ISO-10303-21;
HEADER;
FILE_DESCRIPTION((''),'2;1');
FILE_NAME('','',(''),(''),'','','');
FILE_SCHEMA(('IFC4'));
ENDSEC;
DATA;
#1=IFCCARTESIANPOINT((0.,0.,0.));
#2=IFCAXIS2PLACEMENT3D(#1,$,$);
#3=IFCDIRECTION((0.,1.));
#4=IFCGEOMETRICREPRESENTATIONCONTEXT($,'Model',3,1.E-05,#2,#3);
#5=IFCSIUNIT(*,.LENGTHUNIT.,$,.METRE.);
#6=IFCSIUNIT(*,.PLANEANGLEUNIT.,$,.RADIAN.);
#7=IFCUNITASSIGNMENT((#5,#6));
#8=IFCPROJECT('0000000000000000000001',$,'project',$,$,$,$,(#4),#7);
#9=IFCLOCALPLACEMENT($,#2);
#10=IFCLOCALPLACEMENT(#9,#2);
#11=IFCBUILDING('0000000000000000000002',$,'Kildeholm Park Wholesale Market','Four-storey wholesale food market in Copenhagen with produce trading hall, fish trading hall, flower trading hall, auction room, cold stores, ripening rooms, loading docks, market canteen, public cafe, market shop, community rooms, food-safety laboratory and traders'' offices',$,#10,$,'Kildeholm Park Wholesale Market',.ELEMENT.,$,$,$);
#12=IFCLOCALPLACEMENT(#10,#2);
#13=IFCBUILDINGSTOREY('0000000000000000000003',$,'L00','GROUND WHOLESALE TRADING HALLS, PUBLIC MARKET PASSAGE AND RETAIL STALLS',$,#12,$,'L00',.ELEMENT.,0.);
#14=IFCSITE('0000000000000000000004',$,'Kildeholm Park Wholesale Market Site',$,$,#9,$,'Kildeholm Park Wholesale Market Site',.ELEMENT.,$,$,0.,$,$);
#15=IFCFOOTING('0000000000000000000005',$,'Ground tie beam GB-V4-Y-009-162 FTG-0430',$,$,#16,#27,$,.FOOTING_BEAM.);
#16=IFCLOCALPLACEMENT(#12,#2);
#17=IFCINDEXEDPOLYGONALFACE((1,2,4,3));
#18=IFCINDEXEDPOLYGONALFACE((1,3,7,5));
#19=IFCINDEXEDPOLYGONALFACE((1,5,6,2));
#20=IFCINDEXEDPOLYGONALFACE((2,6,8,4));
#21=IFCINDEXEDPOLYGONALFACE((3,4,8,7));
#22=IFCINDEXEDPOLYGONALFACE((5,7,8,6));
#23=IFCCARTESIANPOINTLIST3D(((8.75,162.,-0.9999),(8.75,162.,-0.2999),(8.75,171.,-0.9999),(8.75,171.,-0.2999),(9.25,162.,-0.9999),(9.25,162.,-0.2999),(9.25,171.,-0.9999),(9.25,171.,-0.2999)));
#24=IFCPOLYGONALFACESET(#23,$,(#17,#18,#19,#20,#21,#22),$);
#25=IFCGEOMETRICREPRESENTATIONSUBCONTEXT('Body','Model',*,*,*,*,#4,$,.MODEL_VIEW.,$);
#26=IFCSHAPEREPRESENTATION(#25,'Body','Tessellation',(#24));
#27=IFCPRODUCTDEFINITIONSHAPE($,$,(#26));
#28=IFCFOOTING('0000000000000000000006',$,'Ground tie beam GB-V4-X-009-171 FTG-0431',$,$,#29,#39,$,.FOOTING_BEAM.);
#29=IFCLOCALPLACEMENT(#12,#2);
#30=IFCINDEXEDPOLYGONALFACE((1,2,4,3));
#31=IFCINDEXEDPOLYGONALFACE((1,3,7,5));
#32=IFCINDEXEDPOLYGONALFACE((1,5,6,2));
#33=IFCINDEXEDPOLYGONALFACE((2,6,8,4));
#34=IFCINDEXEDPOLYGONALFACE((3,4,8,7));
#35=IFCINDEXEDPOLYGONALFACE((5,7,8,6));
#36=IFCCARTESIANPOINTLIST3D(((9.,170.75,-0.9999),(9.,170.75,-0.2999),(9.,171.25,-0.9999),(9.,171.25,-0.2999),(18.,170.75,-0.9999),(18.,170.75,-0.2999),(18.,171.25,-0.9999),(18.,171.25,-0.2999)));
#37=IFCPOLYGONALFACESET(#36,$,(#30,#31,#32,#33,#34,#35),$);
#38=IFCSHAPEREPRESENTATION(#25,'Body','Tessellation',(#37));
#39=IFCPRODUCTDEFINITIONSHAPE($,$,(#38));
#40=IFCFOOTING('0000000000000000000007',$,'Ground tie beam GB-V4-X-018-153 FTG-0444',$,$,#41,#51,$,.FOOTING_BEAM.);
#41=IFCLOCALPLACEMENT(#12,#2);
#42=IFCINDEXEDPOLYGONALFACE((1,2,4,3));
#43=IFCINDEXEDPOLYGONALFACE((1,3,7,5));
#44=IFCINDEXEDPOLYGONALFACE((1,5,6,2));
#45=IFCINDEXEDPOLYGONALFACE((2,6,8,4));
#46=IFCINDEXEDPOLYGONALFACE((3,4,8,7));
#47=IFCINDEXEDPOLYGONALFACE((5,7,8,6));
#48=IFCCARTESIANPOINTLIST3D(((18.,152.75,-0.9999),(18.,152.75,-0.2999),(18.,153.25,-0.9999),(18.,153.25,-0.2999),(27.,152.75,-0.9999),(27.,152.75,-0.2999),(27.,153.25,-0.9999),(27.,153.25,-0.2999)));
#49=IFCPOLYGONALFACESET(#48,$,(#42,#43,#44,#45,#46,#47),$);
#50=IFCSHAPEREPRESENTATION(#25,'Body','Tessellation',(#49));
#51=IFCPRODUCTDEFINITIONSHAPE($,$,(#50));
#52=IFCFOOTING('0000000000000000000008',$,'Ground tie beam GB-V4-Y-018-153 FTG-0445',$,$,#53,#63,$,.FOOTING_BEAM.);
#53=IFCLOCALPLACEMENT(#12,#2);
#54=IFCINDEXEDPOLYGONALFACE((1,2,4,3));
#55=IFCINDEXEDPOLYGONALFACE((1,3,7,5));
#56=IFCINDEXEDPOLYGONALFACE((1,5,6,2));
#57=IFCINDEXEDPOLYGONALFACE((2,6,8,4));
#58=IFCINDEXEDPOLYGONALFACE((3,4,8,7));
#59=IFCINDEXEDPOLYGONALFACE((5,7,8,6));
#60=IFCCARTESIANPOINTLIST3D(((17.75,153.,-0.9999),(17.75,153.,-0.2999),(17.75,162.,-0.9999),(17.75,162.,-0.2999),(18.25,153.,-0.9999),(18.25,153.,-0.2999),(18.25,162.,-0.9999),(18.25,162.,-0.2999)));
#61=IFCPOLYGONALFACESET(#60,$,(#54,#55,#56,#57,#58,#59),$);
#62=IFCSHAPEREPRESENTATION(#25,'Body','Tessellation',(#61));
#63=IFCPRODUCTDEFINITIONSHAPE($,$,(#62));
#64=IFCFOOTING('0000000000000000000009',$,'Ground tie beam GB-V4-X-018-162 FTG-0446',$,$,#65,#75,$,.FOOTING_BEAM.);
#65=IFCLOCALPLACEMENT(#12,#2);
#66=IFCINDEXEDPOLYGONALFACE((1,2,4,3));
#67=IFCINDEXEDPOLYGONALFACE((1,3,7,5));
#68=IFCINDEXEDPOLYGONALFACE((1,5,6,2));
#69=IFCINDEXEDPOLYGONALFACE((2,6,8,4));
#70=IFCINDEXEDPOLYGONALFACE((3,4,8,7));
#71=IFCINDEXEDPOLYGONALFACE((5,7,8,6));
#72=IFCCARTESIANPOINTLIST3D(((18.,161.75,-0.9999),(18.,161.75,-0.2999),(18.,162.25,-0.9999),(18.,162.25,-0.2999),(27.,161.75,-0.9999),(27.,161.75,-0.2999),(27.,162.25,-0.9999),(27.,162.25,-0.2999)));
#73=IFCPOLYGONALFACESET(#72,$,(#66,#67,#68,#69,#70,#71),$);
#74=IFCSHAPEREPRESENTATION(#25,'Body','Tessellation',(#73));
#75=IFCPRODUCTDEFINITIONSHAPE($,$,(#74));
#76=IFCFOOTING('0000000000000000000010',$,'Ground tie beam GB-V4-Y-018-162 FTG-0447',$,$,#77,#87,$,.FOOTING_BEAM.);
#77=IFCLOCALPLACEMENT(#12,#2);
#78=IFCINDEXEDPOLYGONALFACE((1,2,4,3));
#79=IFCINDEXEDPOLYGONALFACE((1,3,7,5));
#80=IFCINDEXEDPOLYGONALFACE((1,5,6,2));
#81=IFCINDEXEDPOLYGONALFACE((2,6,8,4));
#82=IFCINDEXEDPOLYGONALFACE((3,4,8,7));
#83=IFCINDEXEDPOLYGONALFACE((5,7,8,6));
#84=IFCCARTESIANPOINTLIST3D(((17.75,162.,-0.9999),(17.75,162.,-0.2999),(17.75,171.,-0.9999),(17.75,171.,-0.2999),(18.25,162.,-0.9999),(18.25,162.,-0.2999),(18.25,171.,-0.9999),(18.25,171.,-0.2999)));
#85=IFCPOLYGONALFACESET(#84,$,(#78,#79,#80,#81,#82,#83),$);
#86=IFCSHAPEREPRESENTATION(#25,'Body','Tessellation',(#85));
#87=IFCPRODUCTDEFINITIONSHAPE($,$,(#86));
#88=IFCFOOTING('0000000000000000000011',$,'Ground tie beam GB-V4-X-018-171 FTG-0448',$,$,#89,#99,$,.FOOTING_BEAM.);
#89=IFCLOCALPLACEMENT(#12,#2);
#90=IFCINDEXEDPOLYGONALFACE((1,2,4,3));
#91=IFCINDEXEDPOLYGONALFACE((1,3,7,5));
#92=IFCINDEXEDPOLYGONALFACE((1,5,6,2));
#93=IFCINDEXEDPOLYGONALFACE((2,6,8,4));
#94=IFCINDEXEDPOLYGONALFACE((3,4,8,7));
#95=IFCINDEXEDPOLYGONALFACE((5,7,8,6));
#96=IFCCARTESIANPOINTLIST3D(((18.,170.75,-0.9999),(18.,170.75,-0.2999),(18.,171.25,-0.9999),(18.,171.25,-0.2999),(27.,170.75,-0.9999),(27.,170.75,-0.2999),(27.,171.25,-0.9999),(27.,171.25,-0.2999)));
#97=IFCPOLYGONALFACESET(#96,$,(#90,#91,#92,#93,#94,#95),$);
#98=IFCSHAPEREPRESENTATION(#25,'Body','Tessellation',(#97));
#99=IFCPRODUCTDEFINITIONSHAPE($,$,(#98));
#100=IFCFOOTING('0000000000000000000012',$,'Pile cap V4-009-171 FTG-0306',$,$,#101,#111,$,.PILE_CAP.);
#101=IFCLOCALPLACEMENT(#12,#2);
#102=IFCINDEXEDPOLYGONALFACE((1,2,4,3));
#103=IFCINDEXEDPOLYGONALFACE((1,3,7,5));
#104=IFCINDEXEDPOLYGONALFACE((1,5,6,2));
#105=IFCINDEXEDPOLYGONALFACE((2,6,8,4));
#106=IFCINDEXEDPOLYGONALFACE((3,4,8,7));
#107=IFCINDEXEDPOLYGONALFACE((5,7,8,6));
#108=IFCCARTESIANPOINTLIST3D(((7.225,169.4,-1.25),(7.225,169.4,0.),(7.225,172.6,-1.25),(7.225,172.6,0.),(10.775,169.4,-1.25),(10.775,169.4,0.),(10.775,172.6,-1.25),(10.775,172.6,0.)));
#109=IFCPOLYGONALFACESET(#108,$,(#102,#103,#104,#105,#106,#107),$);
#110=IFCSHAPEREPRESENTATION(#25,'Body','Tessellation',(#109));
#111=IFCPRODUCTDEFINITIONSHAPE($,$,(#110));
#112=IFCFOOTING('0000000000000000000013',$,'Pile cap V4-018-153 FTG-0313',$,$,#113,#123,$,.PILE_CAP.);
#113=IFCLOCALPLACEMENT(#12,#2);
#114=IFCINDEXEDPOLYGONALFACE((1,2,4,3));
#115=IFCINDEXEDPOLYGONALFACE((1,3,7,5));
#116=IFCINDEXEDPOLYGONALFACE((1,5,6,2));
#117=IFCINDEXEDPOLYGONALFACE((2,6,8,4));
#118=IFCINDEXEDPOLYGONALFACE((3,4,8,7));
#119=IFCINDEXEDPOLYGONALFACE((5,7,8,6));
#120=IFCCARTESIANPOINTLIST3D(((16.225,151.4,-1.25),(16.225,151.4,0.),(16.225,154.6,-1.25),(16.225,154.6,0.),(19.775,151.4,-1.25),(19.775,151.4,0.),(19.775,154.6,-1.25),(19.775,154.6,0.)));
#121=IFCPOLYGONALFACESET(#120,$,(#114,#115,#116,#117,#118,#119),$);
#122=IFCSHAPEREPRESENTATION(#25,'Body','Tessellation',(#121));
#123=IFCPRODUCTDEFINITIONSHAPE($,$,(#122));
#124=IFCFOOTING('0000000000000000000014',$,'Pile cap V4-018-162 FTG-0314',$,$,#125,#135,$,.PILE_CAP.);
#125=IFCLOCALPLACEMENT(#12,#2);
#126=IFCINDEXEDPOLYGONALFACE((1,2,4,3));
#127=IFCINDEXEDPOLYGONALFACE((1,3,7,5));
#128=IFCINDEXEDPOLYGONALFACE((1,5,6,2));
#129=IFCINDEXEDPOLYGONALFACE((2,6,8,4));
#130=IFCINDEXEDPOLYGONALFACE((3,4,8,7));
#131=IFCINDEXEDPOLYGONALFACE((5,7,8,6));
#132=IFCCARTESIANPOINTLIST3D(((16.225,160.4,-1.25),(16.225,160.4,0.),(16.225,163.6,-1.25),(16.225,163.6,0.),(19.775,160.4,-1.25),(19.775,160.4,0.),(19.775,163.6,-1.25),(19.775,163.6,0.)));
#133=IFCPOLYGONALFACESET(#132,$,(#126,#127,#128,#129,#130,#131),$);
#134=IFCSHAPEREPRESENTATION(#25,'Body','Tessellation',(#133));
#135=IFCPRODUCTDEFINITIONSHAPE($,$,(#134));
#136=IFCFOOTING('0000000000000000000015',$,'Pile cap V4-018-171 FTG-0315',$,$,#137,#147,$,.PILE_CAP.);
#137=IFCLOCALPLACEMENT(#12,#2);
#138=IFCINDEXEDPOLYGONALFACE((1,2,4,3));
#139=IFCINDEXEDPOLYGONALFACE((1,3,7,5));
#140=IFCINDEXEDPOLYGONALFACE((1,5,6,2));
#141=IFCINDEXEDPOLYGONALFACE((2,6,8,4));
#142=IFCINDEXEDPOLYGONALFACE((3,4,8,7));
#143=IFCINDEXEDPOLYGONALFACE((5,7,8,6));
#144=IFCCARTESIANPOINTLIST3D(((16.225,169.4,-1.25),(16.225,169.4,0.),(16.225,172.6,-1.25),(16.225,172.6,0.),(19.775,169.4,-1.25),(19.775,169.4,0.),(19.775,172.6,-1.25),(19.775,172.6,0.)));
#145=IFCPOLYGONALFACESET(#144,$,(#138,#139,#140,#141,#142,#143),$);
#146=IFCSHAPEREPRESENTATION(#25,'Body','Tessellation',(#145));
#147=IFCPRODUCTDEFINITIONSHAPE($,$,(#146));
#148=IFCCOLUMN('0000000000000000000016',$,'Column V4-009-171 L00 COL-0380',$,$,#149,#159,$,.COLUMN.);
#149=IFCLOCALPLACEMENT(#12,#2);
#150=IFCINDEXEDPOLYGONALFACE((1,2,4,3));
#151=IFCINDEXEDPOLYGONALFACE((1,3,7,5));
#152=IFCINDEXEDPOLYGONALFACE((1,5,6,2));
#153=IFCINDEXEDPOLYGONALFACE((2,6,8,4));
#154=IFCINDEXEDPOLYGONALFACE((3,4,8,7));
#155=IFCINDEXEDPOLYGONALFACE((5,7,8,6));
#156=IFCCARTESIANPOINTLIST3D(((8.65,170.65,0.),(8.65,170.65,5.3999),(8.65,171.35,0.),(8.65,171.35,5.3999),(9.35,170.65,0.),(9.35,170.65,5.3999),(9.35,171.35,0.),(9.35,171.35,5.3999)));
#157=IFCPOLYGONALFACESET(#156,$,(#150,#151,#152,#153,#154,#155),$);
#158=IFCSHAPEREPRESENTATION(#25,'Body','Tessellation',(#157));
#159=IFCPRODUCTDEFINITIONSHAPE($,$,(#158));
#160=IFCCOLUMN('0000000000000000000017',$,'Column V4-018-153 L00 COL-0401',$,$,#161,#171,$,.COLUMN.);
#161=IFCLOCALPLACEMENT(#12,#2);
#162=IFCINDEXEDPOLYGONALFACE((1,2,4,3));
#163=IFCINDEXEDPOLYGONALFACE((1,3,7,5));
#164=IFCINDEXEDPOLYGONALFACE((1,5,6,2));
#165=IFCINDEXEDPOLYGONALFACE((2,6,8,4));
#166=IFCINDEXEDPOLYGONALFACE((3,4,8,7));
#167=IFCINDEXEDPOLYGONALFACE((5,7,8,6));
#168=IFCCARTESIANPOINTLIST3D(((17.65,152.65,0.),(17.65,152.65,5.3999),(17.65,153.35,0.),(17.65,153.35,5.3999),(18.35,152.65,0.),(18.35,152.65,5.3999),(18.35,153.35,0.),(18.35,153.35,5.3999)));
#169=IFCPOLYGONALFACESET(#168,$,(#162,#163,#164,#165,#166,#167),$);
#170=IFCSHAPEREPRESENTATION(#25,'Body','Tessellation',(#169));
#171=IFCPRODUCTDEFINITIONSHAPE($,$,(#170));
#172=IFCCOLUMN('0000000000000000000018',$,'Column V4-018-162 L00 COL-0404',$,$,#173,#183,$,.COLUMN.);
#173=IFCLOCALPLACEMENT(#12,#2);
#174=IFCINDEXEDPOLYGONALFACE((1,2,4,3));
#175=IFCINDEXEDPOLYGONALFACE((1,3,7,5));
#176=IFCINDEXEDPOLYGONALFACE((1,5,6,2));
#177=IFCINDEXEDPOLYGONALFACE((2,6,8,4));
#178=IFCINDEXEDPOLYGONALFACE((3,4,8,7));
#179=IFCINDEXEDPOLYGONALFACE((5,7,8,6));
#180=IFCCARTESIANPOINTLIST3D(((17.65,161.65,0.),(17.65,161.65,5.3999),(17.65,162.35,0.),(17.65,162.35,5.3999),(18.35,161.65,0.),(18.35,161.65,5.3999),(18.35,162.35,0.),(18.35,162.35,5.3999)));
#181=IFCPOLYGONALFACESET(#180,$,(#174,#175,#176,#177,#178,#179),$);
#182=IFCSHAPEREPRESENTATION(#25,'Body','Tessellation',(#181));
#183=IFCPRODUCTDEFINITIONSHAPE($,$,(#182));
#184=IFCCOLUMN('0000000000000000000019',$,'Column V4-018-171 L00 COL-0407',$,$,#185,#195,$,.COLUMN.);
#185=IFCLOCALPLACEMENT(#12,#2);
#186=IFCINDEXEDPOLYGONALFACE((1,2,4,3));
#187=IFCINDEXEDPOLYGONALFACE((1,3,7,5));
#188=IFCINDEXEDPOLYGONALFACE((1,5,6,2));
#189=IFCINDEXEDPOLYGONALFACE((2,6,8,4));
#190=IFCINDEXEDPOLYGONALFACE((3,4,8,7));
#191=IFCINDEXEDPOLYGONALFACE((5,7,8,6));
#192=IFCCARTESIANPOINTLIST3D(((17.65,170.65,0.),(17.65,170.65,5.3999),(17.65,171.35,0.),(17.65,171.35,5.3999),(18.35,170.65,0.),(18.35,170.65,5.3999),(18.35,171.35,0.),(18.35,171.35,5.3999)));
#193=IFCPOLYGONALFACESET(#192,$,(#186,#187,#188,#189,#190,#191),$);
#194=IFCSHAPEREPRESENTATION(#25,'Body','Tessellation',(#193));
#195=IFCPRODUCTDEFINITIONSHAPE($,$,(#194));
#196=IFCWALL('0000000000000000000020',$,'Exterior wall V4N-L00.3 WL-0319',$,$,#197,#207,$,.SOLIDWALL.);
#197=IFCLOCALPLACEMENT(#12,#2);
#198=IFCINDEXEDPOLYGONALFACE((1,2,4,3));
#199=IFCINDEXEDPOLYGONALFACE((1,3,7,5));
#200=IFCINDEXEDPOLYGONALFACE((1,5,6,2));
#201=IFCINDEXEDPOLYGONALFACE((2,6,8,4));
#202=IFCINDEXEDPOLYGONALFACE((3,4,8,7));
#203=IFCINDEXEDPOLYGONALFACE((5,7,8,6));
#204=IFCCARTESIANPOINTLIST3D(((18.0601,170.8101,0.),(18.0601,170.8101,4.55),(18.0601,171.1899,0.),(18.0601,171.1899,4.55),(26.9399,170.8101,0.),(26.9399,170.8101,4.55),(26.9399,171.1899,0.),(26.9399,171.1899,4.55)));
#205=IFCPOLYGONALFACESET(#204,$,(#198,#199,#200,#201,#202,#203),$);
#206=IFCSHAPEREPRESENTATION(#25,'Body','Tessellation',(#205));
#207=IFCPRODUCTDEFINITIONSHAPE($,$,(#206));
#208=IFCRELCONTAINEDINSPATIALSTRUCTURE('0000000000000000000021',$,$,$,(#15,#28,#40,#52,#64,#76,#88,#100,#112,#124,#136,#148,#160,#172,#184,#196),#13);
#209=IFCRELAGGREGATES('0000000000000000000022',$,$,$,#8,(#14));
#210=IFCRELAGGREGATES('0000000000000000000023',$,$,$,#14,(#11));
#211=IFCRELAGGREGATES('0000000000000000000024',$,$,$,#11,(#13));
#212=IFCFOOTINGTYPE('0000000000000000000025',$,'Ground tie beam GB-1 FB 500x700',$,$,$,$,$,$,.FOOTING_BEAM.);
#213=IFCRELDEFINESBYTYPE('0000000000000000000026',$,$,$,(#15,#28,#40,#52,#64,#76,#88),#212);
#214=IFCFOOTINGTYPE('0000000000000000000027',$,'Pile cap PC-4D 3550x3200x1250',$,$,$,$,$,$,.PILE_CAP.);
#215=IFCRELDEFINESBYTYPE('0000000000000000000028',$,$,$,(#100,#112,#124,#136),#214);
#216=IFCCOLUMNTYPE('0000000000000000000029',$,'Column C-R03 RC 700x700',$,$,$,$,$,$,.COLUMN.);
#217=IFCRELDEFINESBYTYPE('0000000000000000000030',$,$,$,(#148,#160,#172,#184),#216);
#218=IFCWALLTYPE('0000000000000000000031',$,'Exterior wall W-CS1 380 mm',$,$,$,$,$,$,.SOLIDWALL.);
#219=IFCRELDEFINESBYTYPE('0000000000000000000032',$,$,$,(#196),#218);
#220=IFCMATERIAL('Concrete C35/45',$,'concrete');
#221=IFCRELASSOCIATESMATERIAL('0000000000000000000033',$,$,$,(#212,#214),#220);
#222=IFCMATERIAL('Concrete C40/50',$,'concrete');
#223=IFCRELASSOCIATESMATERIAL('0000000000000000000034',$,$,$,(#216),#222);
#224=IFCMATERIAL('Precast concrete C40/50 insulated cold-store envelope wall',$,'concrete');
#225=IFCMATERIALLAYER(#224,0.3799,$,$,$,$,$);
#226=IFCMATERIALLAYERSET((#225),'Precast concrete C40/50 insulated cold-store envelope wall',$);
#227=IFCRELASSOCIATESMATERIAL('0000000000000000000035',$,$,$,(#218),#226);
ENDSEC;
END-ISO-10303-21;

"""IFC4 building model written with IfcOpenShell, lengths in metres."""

from ifc_helpers import new_model, si_unit, direction, frame, frame_2d, origin, origin_2d, place, context, subcontext, project, spatial, rectangle, extrude, material, layer, layer_set, material_profile, profile_set, type_object, element, save


model = new_model("IFC4")

# Units and contexts
model_context = context("Model", 3, precision=1e-05, world=origin(), true_north=direction((0.0, 1.0)))
body_context = subcontext(model_context, "Body", "Model", "MODEL_VIEW")
ifc_project = project(units=[si_unit("LENGTHUNIT", "METRE"), si_unit("PLANEANGLEUNIT", "RADIAN")], contexts=[model_context])

# Site, building, storey
site_placement = place(None, origin())
site = spatial("IfcSite", under=ifc_project, at=site_placement, Name="Kildeholm Park Wholesale Market Site", LongName="Kildeholm Park Wholesale Market Site", CompositionType="ELEMENT", RefElevation=0.0)
building_placement = place(site_placement, origin())
building = spatial("IfcBuilding", under=site, at=building_placement, Name="Kildeholm Park Wholesale Market", Description="Four-storey wholesale food market in Copenhagen with produce trading hall, fish trading hall, flower trading hall, auction room, cold stores, ripening rooms, loading docks, market canteen, public cafe, market shop, community rooms, food-safety laboratory and traders' offices", LongName="Kildeholm Park Wholesale Market", CompositionType="ELEMENT")
storey_placement = place(building_placement, origin())
storey = spatial("IfcBuildingStorey", under=building, at=storey_placement, Name="L00", Description="GROUND WHOLESALE TRADING HALLS, PUBLIC MARKET PASSAGE AND RETAIL STALLS", LongName="L00", CompositionType="ELEMENT", Elevation=0.0)

# Shared definitions
ifc_material_1 = material(Name="Concrete C35/45", Category="concrete")

# Footings
ifc_material_profile_1 = material_profile(ifc_material_1, rectangle(XDim=0.5, YDim=0.7, at=origin_2d()), Name="FB 500x700")
ifc_profile_set_1 = profile_set([ifc_material_profile_1], Name="Concrete C35/45")
footing_type_1 = type_object("IfcFootingType", Name="Ground tie beam GB-1 FB 500x700", PredefinedType="FOOTING_BEAM", material=ifc_profile_set_1)
for number, where, z_axis, x_axis, name in (
    (1, (9.0, 162.0, -0.6499), (0.0, 1.0, 0.0), (-1.0, 0.0, 0.0), "Ground tie beam GB-V4-Y-009-162 FTG-0430"),
    (2, (9.0, 171.0, -0.6499), (1.0, 0.0, 0.0), (0.0, 1.0, 0.0), "Ground tie beam GB-V4-X-009-171 FTG-0431"),
    (3, (18.0, 153.0, -0.6499), (1.0, 0.0, 0.0), (0.0, 1.0, 0.0), "Ground tie beam GB-V4-X-018-153 FTG-0444"),
    (4, (18.0, 153.0, -0.6499), (0.0, 1.0, 0.0), (-1.0, 0.0, 0.0), "Ground tie beam GB-V4-Y-018-153 FTG-0445"),
    (5, (18.0, 162.0, -0.6499), (1.0, 0.0, 0.0), (0.0, 1.0, 0.0), "Ground tie beam GB-V4-X-018-162 FTG-0446"),
    (6, (18.0, 162.0, -0.6499), (0.0, 1.0, 0.0), (-1.0, 0.0, 0.0), "Ground tie beam GB-V4-Y-018-162 FTG-0447"),
    (7, (18.0, 171.0, -0.6499), (1.0, 0.0, 0.0), (0.0, 1.0, 0.0), "Ground tie beam GB-V4-X-018-171 FTG-0448"),
):
    element("IfcFooting", number, at=place(storey_placement, frame(where, z_axis=z_axis, x_axis=x_axis)), inside=storey, type_object=footing_type_1, Name=name, PredefinedType="FOOTING_BEAM", context=body_context, shape_type="SweptSolid", body=[
        extrude(rectangle(XDim=0.5, YDim=0.7, at=origin_2d()), origin(), (0.0, 0.0, 1.0), 9.0),
    ])
footing_type_2 = type_object("IfcFootingType", Name="Pile cap PC-4D 3550x3200x1250", PredefinedType="PILE_CAP", material=ifc_material_1)
for number, where, z_axis, x_axis, name in (
    (8, (9.0, 171.0, -1.25), (0.0, 0.0, 1.0), (1.0, 0.0, 0.0), "Pile cap V4-009-171 FTG-0306"),
    (9, (18.0, 153.0, -1.25), (0.0, 0.0, 1.0), (1.0, 0.0, 0.0), "Pile cap V4-018-153 FTG-0313"),
    (10, (18.0, 162.0, -1.25), (0.0, 0.0, 1.0), (1.0, 0.0, 0.0), "Pile cap V4-018-162 FTG-0314"),
    (11, (18.0, 171.0, -1.25), (0.0, 0.0, 1.0), (1.0, 0.0, 0.0), "Pile cap V4-018-171 FTG-0315"),
):
    element("IfcFooting", number, at=place(storey_placement, frame(where, z_axis=z_axis, x_axis=x_axis)), inside=storey, type_object=footing_type_2, Name=name, PredefinedType="PILE_CAP", context=body_context, shape_type="SweptSolid", body=[
        extrude(rectangle(XDim=3.55, YDim=3.2, at=origin_2d()), origin(), (0.0, 0.0, 1.0), 1.25),
    ])

# Columns
ifc_material_2 = material(Name="Concrete C40/50", Category="concrete")
ifc_material_profile_2 = material_profile(ifc_material_2, rectangle(XDim=0.7, YDim=0.7, at=origin_2d()), Name="RC 700x700")
ifc_profile_set_2 = profile_set([ifc_material_profile_2], Name="Concrete C40/50")
column_type = type_object("IfcColumnType", Name="Column C-R03 RC 700x700", PredefinedType="COLUMN", material=ifc_profile_set_2)
for number, where, z_axis, x_axis, name in (
    (12, (9.0, 171.0, 0.0), (0.0, 0.0, 1.0), (1.0, 0.0, 0.0), "Column V4-009-171 L00 COL-0380"),
    (13, (18.0, 153.0, 0.0), (0.0, 0.0, 1.0), (1.0, 0.0, 0.0), "Column V4-018-153 L00 COL-0401"),
    (14, (18.0, 162.0, 0.0), (0.0, 0.0, 1.0), (1.0, 0.0, 0.0), "Column V4-018-162 L00 COL-0404"),
    (15, (18.0, 171.0, 0.0), (0.0, 0.0, 1.0), (1.0, 0.0, 0.0), "Column V4-018-171 L00 COL-0407"),
):
    element("IfcColumn", number, at=place(storey_placement, frame(where, z_axis=z_axis, x_axis=x_axis)), inside=storey, type_object=column_type, Name=name, PredefinedType="COLUMN", context=body_context, shape_type="SweptSolid", body=[
        extrude(rectangle(XDim=0.7, YDim=0.7, at=origin_2d()), origin(), (0.0, 0.0, 1.0), 5.3999),
    ])

# Shared definitions
ifc_material_3 = material(Name="Precast concrete C40/50 insulated cold-store envelope wall", Category="concrete")
ifc_layer = layer(ifc_material_3, 0.3799)
ifc_layer_set = layer_set([ifc_layer], Name="Precast concrete C40/50 insulated cold-store envelope wall")
wall_type = type_object("IfcWallType", Name="Exterior wall W-CS1 380 mm", PredefinedType="SOLIDWALL", material=ifc_layer_set)

# Wall
wall_1_placement = place(storey_placement, frame((18.0601, 171.0, 0.0), z_axis=(0.0, 0.0, 1.0), x_axis=(1.0, 0.0, 0.0)))
element("IfcWall", 16, at=wall_1_placement, inside=storey, type_object=wall_type, Name="Exterior wall V4N-L00.3 WL-0319", PredefinedType="SOLIDWALL", context=body_context, shape_type="SweptSolid", body=[
    extrude(rectangle(XDim=8.8799, YDim=0.3799, at=frame_2d((4.4399, 0.0))), origin(), (0.0, 0.0, 1.0), 4.55),
])

save(model, "model.ifc")
